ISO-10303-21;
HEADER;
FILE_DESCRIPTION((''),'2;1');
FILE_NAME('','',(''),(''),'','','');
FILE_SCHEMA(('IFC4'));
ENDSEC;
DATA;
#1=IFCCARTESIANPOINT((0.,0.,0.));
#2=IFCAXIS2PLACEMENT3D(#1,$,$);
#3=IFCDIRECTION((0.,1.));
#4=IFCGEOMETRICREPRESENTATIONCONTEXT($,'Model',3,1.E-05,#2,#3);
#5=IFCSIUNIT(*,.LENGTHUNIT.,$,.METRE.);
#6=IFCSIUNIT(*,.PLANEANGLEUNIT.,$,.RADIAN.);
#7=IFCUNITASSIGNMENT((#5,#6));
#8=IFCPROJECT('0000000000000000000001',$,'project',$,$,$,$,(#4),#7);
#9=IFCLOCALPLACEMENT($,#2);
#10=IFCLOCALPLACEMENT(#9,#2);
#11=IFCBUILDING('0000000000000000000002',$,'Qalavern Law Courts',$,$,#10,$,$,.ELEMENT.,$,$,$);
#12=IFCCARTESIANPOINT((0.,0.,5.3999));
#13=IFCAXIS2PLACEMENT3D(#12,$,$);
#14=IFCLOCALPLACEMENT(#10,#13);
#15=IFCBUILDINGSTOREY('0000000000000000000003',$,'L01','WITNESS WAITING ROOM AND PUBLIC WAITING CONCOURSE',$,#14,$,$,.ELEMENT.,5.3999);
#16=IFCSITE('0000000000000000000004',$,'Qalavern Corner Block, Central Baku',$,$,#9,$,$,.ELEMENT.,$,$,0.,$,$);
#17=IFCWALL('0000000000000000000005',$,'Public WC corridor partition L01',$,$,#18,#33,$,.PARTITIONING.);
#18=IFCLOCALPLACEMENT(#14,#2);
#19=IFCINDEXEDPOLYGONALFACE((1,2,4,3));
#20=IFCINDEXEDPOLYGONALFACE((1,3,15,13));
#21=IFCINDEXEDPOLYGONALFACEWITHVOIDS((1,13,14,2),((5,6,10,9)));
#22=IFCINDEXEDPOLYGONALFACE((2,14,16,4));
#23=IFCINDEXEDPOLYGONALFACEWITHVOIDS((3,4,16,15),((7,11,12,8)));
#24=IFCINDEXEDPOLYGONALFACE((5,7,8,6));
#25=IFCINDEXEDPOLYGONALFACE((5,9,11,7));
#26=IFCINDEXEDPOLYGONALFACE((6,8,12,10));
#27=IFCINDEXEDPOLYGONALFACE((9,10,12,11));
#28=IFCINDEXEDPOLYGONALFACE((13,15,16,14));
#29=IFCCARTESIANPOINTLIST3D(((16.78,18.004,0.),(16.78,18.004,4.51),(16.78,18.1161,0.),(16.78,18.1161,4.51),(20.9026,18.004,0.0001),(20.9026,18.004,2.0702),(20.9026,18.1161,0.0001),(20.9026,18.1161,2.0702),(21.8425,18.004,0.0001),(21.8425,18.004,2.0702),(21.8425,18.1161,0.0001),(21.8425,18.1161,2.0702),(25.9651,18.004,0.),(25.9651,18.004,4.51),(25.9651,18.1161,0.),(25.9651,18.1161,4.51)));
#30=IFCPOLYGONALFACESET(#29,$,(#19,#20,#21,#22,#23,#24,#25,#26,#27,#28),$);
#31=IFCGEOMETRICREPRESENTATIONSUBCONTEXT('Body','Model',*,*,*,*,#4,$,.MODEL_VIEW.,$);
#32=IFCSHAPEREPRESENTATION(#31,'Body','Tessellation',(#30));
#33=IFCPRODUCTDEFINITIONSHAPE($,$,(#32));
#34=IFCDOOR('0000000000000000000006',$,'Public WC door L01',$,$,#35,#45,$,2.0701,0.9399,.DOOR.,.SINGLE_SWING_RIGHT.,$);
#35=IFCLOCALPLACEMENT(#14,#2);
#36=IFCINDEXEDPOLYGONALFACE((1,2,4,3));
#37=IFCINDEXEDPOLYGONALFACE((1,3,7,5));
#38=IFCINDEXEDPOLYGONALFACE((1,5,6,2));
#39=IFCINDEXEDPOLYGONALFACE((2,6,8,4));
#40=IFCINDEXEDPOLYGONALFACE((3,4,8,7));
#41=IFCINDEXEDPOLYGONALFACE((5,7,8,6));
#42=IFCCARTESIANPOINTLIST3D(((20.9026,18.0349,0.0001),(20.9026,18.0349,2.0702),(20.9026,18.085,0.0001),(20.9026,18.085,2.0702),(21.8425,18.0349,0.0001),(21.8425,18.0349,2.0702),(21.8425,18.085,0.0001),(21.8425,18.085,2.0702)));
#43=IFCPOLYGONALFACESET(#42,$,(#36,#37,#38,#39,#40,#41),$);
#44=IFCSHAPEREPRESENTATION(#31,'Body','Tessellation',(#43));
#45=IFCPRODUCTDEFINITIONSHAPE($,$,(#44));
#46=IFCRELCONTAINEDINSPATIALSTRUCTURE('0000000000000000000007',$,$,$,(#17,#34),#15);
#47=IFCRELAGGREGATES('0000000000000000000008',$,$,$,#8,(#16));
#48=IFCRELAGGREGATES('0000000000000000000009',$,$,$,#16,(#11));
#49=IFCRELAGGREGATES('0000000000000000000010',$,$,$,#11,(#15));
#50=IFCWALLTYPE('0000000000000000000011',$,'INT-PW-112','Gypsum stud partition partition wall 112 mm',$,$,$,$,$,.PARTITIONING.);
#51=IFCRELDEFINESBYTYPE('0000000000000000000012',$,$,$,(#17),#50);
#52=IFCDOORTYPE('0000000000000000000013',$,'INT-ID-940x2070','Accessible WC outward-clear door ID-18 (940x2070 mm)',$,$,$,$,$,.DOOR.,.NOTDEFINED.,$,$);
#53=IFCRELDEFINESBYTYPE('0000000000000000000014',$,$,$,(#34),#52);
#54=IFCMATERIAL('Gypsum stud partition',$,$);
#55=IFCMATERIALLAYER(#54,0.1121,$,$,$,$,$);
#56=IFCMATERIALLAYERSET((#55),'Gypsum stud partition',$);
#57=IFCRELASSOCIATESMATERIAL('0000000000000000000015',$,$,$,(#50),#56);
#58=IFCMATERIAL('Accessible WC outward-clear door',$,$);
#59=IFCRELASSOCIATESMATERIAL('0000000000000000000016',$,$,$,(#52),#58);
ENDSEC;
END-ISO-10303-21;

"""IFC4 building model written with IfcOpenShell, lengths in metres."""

from ifc_helpers import new_model, si_unit, direction, frame, frame_2d, origin, place, context, subcontext, project, spatial, rectangle, extrude, material, layer, layer_set, type_object, element, fill, save


model = new_model("IFC4")

# Units and contexts
model_context = context("Model", 3, precision=1e-05, world=origin(), true_north=direction((0.0, 1.0)))
body_context = subcontext(model_context, "Body", "Model", "MODEL_VIEW")
ifc_project = project(units=[si_unit("LENGTHUNIT", "METRE"), si_unit("PLANEANGLEUNIT", "RADIAN")], contexts=[model_context])

# Site, building, storey
site_placement = place(None, origin())
site = spatial("IfcSite", under=ifc_project, at=site_placement, Name="Qalavern Corner Block, Central Baku", CompositionType="ELEMENT", RefElevation=0.0)
building_placement = place(site_placement, origin())
building = spatial("IfcBuilding", under=site, at=building_placement, Name="Qalavern Law Courts", CompositionType="ELEMENT")
storey_placement = place(building_placement, frame((0.0, 0.0, 5.3999)))
storey = spatial("IfcBuildingStorey", under=building, at=storey_placement, Name="L01", Description="WITNESS WAITING ROOM AND PUBLIC WAITING CONCOURSE", CompositionType="ELEMENT", Elevation=5.3999)

# Wall, opening, door
ifc_material_1 = material(Name="Gypsum stud partition")
ifc_layer_1 = layer(ifc_material_1, 0.1121)
ifc_layer_set_1 = layer_set([ifc_layer_1], Name="Gypsum stud partition")
wall_type = type_object("IfcWallType", Name="INT-PW-112", Description="Gypsum stud partition partition wall 112 mm", PredefinedType="PARTITIONING", material=ifc_layer_set_1)
wall_placement = place(storey_placement, frame((16.78, 18.0601, 0.0), z_axis=(0.0, 0.0, 1.0), x_axis=(1.0, 0.0, 0.0)))
wall = element("IfcWall", 1, at=wall_placement, inside=storey, type_object=wall_type, Name="Public WC corridor partition L01", PredefinedType="PARTITIONING", context=body_context, shape_type="SweptSolid", body=[
    extrude(rectangle(XDim=9.1851, YDim=0.1121, at=frame_2d((4.5925, 0.0))), origin(), (0.0, 0.0, 1.0), 4.51),
])
opening_placement = place(wall_placement, frame((4.1226, 0.0, 0.0)))
opening = element("IfcOpeningElement", 2, at=opening_placement, cuts=wall, PredefinedType="OPENING", context=body_context, shape_type="SweptSolid", body=[
    extrude(rectangle(XDim=0.9399, YDim=2.0701, at=frame_2d((0.47, 1.0352))), frame((0.0, 0.0708, 0.0), z_axis=(0.0, -1.0, 0.0), x_axis=(1.0, 0.0, 0.0)), (0.0, 0.0, 1.0), 0.1418),
])
ifc_material_2 = material(Name="Accessible WC outward-clear door")
door_type = type_object("IfcDoorType", Name="INT-ID-940x2070", Description="Accessible WC outward-clear door ID-18 (940x2070 mm)", OperationType="NOTDEFINED", PredefinedType="DOOR", material=ifc_material_2)
door_placement = place(opening_placement, origin())
door = element("IfcDoor", 3, at=door_placement, inside=storey, type_object=door_type, Name="Public WC door L01", OperationType="SINGLE_SWING_RIGHT", OverallHeight=2.0701, OverallWidth=0.9399, PredefinedType="DOOR", context=body_context, shape_type="SweptSolid", body=[
    extrude(rectangle(XDim=0.9399, YDim=2.0701, at=frame_2d((0.47, 1.0352))), frame((0.0, 0.0249, 0.0), z_axis=(0.0, -1.0, 0.0), x_axis=(1.0, 0.0, 0.0)), (0.0, 0.0, 1.0), 0.05),
])
fill(opening, door)

save(model, "model.ifc")
